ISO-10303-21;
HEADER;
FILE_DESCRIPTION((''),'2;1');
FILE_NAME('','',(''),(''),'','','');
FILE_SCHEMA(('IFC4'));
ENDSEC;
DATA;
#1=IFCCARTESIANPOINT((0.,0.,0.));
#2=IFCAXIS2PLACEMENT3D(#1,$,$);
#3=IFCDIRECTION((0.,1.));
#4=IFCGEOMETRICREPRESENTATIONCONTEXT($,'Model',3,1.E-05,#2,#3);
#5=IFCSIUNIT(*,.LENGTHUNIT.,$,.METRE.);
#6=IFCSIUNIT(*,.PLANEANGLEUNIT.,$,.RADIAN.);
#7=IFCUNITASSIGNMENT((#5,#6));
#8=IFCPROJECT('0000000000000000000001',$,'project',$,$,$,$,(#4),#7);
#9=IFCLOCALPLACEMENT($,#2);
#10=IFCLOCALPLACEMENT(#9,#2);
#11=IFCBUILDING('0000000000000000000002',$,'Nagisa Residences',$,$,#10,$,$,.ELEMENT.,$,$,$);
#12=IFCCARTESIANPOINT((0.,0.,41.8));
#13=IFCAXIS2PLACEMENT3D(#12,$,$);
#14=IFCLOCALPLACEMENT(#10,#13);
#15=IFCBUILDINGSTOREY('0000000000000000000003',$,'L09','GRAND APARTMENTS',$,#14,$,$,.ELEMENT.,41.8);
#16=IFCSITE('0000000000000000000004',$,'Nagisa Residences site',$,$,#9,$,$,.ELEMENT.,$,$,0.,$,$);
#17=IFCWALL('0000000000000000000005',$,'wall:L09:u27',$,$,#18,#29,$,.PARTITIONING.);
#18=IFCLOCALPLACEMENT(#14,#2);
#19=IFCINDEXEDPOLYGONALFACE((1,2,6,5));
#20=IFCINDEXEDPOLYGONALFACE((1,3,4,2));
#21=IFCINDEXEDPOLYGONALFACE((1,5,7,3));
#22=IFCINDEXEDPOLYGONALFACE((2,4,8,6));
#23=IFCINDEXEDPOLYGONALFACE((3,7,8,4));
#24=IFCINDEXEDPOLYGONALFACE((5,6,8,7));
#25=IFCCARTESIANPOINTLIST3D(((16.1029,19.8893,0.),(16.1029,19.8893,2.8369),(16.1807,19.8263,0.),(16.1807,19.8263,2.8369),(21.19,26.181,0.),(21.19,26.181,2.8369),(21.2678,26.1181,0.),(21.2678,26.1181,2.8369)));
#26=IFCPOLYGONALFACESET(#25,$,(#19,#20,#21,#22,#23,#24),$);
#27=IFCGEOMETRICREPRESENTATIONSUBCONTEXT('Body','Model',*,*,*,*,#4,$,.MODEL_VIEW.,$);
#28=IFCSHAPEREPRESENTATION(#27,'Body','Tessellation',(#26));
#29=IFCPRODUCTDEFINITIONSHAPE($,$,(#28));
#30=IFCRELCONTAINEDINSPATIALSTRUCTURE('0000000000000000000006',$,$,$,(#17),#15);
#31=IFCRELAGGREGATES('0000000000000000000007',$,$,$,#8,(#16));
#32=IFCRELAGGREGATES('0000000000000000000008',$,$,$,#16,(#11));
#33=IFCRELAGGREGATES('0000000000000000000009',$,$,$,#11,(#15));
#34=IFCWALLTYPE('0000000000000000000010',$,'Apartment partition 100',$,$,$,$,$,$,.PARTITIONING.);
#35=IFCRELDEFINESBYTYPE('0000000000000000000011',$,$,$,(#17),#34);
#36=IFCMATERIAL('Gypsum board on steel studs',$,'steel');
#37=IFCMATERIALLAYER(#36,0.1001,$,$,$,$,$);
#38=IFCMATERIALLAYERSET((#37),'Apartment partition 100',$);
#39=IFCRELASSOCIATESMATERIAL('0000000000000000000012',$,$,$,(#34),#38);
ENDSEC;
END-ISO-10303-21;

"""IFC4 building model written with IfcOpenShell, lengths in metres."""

from ifc_helpers import new_model, si_unit, direction, frame, frame_2d, origin, place, context, subcontext, project, spatial, rectangle, extrude, material, layer, layer_set, type_object, element, save


model = new_model("IFC4")

# Units and contexts
model_context = context("Model", 3, precision=1e-05, world=origin(), true_north=direction((0.0, 1.0)))
body_context = subcontext(model_context, "Body", "Model", "MODEL_VIEW")
ifc_project = project(units=[si_unit("LENGTHUNIT", "METRE"), si_unit("PLANEANGLEUNIT", "RADIAN")], contexts=[model_context])

# Site, building, storey
site_placement = place(None, origin())
site = spatial("IfcSite", under=ifc_project, at=site_placement, Name="Nagisa Residences site", CompositionType="ELEMENT", RefElevation=0.0)
building_placement = place(site_placement, origin())
building = spatial("IfcBuilding", under=site, at=building_placement, Name="Nagisa Residences", CompositionType="ELEMENT")
storey_placement = place(building_placement, frame((0.0, 0.0, 41.8)))
storey = spatial("IfcBuildingStorey", under=building, at=storey_placement, Name="L09", Description="GRAND APARTMENTS", CompositionType="ELEMENT", Elevation=41.8)

# Shared definitions
ifc_material_1 = material(Name="Gypsum board on steel studs", Category="steel")
ifc_layer_1 = layer(ifc_material_1, 0.1001)
ifc_layer_set_1 = layer_set([ifc_layer_1], Name="Apartment partition 100")
wall_type_1 = type_object("IfcWallType", Name="Apartment partition 100", PredefinedType="PARTITIONING", material=ifc_layer_set_1)

# Wall
wall_1_placement = place(storey_placement, frame((16.1418, 19.8579, 0.0), z_axis=(0.0, 0.0, 1.0), x_axis=(0.628738, 0.777617, 0.0)))
element("IfcWall", 1, at=wall_1_placement, inside=storey, type_object=wall_type_1, Name="wall:L09:u27", PredefinedType="PARTITIONING", context=body_context, shape_type="SweptSolid", body=[
    extrude(rectangle(XDim=8.0911, YDim=0.1001, at=frame_2d((4.0454, 0.0))), origin(), (0.0, 0.0, 1.0), 2.8369),
])

save(model, "model.ifc")
